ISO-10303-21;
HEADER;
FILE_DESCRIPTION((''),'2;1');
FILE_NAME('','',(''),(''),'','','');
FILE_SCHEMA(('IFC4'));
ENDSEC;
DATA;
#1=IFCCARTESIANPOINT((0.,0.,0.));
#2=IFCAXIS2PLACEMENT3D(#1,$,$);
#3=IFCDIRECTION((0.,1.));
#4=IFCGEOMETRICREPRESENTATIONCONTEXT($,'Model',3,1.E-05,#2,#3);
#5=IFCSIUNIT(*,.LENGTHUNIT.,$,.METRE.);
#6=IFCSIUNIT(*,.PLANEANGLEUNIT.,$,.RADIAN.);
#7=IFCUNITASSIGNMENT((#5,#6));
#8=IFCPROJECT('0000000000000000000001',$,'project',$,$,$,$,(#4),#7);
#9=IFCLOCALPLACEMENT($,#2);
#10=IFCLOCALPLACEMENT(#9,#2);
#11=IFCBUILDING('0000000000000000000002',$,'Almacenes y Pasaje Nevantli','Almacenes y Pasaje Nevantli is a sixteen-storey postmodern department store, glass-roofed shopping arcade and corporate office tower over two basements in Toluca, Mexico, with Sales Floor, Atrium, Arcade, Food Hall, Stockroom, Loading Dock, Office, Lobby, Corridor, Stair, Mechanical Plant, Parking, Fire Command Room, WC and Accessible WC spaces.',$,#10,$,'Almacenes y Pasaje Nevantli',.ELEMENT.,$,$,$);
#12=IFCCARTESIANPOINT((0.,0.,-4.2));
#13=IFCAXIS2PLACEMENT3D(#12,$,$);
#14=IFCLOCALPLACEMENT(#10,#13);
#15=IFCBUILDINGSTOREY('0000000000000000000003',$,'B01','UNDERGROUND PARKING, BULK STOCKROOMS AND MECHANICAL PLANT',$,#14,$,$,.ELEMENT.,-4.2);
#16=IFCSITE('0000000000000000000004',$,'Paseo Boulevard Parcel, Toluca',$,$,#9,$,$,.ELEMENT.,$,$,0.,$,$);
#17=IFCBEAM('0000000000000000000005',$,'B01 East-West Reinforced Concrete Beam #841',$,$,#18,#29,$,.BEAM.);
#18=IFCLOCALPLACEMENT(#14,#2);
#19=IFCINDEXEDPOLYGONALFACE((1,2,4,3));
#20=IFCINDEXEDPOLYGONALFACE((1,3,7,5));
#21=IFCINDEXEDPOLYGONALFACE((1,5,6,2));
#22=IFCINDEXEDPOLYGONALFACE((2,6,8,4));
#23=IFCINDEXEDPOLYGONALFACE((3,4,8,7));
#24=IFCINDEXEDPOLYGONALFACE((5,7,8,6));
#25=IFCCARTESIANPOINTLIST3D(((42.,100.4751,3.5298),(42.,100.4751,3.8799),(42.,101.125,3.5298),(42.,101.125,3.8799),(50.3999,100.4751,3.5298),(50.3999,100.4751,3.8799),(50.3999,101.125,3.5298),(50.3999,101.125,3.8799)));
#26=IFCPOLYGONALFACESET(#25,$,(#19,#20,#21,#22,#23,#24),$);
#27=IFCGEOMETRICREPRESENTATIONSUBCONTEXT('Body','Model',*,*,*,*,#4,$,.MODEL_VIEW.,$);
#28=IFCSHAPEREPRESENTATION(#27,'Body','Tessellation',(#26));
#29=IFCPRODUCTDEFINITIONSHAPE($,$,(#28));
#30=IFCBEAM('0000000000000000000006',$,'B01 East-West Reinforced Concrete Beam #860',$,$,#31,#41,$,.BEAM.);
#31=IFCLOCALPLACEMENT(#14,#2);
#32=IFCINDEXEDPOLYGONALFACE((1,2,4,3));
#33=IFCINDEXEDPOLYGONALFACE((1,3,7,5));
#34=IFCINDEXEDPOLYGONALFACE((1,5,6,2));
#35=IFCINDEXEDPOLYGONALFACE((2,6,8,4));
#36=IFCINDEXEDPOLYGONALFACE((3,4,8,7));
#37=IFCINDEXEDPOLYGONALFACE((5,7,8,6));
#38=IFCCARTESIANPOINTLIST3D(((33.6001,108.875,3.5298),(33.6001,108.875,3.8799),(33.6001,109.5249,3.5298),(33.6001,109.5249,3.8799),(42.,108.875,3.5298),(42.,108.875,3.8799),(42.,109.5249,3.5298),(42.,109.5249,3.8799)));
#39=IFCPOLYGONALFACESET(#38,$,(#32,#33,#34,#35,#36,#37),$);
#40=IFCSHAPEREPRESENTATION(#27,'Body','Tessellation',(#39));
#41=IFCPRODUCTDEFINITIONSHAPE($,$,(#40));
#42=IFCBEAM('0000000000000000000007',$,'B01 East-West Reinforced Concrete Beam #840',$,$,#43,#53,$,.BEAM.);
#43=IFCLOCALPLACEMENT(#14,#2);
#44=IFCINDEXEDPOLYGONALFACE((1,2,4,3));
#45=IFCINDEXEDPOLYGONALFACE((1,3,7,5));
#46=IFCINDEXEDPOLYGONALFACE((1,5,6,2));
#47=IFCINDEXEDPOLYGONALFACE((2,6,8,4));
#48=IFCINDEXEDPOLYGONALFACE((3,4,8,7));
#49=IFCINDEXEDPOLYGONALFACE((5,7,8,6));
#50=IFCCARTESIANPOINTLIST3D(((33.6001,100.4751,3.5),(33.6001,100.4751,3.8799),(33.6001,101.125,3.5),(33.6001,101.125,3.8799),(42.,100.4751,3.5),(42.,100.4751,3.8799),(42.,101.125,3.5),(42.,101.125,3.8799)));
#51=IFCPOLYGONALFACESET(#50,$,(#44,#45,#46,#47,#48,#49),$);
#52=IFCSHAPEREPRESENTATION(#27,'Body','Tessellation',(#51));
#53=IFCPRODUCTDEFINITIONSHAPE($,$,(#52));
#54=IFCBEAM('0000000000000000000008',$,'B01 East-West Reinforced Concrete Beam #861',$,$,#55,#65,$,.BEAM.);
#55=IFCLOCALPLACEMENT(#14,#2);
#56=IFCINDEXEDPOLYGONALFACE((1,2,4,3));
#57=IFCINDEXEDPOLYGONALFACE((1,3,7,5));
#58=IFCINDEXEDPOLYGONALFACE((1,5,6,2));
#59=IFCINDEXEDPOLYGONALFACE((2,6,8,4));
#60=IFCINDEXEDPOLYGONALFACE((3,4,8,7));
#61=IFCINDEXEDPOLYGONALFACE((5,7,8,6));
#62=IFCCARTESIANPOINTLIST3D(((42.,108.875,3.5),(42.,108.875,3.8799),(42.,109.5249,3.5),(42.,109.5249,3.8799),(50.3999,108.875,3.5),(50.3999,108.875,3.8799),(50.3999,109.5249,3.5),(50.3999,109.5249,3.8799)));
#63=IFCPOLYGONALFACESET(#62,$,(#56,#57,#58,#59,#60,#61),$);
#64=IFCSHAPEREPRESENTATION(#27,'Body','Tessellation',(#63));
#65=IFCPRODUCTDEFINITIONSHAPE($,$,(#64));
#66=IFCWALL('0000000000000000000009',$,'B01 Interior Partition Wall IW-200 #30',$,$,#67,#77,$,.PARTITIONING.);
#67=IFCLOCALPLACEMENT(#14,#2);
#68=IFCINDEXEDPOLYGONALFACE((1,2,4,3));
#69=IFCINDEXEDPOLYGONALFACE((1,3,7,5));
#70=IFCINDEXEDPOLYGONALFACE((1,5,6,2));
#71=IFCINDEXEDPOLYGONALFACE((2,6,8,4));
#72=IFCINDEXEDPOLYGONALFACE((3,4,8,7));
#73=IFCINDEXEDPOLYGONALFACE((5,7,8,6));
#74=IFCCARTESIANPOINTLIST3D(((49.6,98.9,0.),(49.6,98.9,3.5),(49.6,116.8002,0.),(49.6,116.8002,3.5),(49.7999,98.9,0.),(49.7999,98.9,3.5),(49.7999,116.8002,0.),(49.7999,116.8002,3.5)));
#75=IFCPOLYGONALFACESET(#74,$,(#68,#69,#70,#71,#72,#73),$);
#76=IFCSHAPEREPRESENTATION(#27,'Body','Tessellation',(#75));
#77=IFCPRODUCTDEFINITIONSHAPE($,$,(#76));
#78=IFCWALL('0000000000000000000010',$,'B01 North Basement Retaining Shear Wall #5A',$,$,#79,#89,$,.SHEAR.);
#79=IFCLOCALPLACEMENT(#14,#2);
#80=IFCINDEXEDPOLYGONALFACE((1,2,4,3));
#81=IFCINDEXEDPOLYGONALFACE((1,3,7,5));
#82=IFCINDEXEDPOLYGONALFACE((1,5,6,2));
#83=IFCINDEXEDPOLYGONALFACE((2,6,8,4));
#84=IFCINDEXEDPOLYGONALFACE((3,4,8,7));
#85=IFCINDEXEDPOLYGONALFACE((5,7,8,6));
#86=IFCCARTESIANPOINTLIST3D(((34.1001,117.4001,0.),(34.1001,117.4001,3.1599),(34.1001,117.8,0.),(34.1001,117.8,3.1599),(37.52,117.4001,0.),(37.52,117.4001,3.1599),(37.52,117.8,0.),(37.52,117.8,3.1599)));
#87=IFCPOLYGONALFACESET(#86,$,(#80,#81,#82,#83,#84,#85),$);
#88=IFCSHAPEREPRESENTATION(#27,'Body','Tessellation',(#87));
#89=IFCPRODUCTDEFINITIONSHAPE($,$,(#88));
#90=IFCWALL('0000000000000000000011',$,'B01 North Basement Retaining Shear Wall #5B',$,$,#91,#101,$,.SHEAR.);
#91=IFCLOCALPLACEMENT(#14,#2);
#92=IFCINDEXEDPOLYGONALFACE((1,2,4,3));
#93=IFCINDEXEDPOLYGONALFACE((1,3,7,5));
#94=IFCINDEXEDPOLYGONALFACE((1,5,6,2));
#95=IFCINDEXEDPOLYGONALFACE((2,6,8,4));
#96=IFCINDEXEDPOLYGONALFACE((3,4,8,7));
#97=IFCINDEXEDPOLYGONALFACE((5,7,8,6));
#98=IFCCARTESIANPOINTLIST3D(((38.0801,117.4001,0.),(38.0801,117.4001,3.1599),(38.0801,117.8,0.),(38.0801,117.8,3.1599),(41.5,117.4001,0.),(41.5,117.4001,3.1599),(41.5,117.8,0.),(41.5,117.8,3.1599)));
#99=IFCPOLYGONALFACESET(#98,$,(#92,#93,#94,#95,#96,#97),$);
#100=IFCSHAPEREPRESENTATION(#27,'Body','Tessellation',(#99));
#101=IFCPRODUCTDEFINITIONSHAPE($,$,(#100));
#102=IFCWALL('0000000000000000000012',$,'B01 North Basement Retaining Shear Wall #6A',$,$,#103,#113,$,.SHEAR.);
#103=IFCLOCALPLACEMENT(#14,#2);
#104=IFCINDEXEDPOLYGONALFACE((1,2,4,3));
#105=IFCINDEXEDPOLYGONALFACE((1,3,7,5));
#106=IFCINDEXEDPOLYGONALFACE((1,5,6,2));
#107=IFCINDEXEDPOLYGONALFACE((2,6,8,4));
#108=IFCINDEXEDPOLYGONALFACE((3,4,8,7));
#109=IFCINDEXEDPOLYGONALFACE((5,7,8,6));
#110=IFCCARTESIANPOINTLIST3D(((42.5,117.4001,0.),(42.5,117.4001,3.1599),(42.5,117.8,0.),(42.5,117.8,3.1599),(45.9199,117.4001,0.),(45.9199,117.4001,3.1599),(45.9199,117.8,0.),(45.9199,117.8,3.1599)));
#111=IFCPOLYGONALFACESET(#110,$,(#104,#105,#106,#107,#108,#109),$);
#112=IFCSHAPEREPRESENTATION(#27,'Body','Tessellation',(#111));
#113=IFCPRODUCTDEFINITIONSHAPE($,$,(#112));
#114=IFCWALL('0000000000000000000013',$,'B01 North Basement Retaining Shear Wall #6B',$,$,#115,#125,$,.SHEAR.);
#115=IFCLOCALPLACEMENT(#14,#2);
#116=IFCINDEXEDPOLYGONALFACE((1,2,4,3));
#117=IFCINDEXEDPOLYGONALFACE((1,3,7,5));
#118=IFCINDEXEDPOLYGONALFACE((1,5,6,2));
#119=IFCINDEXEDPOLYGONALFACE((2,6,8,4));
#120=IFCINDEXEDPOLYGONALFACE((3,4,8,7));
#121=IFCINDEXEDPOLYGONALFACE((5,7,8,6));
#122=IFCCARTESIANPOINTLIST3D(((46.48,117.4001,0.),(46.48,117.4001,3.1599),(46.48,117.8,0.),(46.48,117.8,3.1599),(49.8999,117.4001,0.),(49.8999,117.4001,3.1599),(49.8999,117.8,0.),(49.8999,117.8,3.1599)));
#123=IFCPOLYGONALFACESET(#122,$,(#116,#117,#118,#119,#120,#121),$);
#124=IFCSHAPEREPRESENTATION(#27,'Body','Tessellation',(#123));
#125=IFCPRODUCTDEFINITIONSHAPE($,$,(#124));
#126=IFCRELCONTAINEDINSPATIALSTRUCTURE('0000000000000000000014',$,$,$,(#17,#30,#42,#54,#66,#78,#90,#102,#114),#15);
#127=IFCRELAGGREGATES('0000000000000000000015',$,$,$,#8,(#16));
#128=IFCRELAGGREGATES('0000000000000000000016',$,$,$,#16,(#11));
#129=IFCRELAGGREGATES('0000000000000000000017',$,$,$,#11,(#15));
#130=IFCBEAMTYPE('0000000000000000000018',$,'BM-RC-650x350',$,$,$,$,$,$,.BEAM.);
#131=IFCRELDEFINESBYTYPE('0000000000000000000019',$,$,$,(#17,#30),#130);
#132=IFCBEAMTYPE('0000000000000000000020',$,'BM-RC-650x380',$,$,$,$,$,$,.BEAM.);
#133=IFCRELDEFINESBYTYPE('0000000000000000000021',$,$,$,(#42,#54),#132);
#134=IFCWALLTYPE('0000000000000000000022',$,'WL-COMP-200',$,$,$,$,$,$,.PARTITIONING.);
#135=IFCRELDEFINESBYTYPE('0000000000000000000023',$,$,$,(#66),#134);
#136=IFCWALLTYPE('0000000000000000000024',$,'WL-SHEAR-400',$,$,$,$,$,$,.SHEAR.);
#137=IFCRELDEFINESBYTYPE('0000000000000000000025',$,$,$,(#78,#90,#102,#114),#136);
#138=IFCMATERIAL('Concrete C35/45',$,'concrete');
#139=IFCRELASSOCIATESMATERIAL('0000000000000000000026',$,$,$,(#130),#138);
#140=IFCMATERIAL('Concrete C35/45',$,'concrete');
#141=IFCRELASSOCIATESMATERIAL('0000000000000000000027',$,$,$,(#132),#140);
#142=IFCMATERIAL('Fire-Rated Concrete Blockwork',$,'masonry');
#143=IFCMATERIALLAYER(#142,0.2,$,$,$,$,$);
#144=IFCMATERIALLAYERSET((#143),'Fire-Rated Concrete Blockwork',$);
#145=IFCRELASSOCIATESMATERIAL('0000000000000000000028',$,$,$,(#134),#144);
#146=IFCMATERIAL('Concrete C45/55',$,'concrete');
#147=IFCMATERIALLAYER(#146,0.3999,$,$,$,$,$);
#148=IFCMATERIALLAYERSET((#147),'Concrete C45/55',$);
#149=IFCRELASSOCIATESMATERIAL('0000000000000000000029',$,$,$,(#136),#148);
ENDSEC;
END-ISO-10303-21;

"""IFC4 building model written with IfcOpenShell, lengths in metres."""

from ifc_helpers import new_model, si_unit, direction, frame, frame_2d, origin, origin_2d, place, context, subcontext, project, spatial, rectangle, extrude, material, layer, layer_set, material_profile, profile_set, type_object, element, save


model = new_model("IFC4")

# Units and contexts
model_context = context("Model", 3, precision=1e-05, world=origin(), true_north=direction((0.0, 1.0)))
body_context = subcontext(model_context, "Body", "Model", "MODEL_VIEW")
ifc_project = project(units=[si_unit("LENGTHUNIT", "METRE"), si_unit("PLANEANGLEUNIT", "RADIAN")], contexts=[model_context])

# Site, building, storey
site_placement = place(None, origin())
site = spatial("IfcSite", under=ifc_project, at=site_placement, Name="Paseo Boulevard Parcel, Toluca", CompositionType="ELEMENT", RefElevation=0.0)
building_placement = place(site_placement, origin())
building = spatial("IfcBuilding", under=site, at=building_placement, Name="Almacenes y Pasaje Nevantli", Description="Almacenes y Pasaje Nevantli is a sixteen-storey postmodern department store, glass-roofed shopping arcade and corporate office tower over two basements in Toluca, Mexico, with Sales Floor, Atrium, Arcade, Food Hall, Stockroom, Loading Dock, Office, Lobby, Corridor, Stair, Mechanical Plant, Parking, Fire Command Room, WC and Accessible WC spaces.", LongName="Almacenes y Pasaje Nevantli", CompositionType="ELEMENT")
storey_placement = place(building_placement, frame((0.0, 0.0, -4.2)))
storey = spatial("IfcBuildingStorey", under=building, at=storey_placement, Name="B01", Description="UNDERGROUND PARKING, BULK STOCKROOMS AND MECHANICAL PLANT", CompositionType="ELEMENT", Elevation=-4.2)

# Beams
ifc_material_1 = material(Name="Concrete C35/45", Category="concrete")
ifc_material_profile_1 = material_profile(ifc_material_1, rectangle(XDim=0.6499, YDim=0.3501, at=origin_2d()), Name="RC-BM-650x350")
ifc_profile_set_1 = profile_set([ifc_material_profile_1], Name="Concrete C35/45")
beam_type_1 = type_object("IfcBeamType", Name="BM-RC-650x350", PredefinedType="BEAM", material=ifc_profile_set_1)
for number, where, z_axis, x_axis, name in (
    (1, (42.0, 100.8, 3.7048), (1.0, 0.0, 0.0), (0.0, 1.0, 0.0), "B01 East-West Reinforced Concrete Beam #841"),
    (2, (33.6001, 109.2, 3.7048), (1.0, 0.0, 0.0), (0.0, 1.0, 0.0), "B01 East-West Reinforced Concrete Beam #860"),
):
    element("IfcBeam", number, at=place(storey_placement, frame(where, z_axis=z_axis, x_axis=x_axis)), inside=storey, type_object=beam_type_1, Name=name, PredefinedType="BEAM", context=body_context, shape_type="SweptSolid", body=[
        extrude(rectangle(XDim=0.6499, YDim=0.3501, at=origin_2d()), origin(), (0.0, 0.0, 1.0), 8.3999),
    ])
ifc_material_2 = material(Name="Concrete C35/45", Category="concrete")
ifc_material_profile_2 = material_profile(ifc_material_2, rectangle(XDim=0.6499, YDim=0.3799, at=origin_2d()), Name="RC-BM-650x380")
ifc_profile_set_2 = profile_set([ifc_material_profile_2], Name="Concrete C35/45")
beam_type_2 = type_object("IfcBeamType", Name="BM-RC-650x380", PredefinedType="BEAM", material=ifc_profile_set_2)
for number, where, z_axis, x_axis, name in (
    (3, (33.6001, 100.8, 3.6899), (1.0, 0.0, 0.0), (0.0, 1.0, 0.0), "B01 East-West Reinforced Concrete Beam #840"),
    (4, (42.0, 109.2, 3.6899), (1.0, 0.0, 0.0), (0.0, 1.0, 0.0), "B01 East-West Reinforced Concrete Beam #861"),
):
    element("IfcBeam", number, at=place(storey_placement, frame(where, z_axis=z_axis, x_axis=x_axis)), inside=storey, type_object=beam_type_2, Name=name, PredefinedType="BEAM", context=body_context, shape_type="SweptSolid", body=[
        extrude(rectangle(XDim=0.6499, YDim=0.3799, at=origin_2d()), origin(), (0.0, 0.0, 1.0), 8.3999),
    ])

# Walls
ifc_material_3 = material(Name="Fire-Rated Concrete Blockwork", Category="masonry")
ifc_layer_1 = layer(ifc_material_3, 0.2)
ifc_layer_set_1 = layer_set([ifc_layer_1], Name="Fire-Rated Concrete Blockwork")
wall_type_1 = type_object("IfcWallType", Name="WL-COMP-200", PredefinedType="PARTITIONING", material=ifc_layer_set_1)
wall_placement = place(storey_placement, frame((49.7, 98.8999, 0.0), z_axis=(0.0, 0.0, 1.0), x_axis=(0.0, 1.0, 0.0)))
element("IfcWall", 5, at=wall_placement, inside=storey, type_object=wall_type_1, Name="B01 Interior Partition Wall IW-200 #30", PredefinedType="PARTITIONING", context=body_context, shape_type="SweptSolid", body=[
    extrude(rectangle(XDim=17.9001, YDim=0.2, at=frame_2d((8.9502, 0.0))), origin(), (0.0, 0.0, 1.0), 3.5),
])
ifc_material_4 = material(Name="Concrete C45/55", Category="concrete")
ifc_layer_2 = layer(ifc_material_4, 0.3999)
ifc_layer_set_2 = layer_set([ifc_layer_2], Name="Concrete C45/55")
wall_type_2 = type_object("IfcWallType", Name="WL-SHEAR-400", PredefinedType="SHEAR", material=ifc_layer_set_2)
for number, where, z_axis, x_axis, name in (
    (6, (34.1001, 117.6001, 0.0), (0.0, 0.0, 1.0), (1.0, 0.0, 0.0), "B01 North Basement Retaining Shear Wall #5A"),
    (7, (38.0801, 117.6001, 0.0), (0.0, 0.0, 1.0), (1.0, 0.0, 0.0), "B01 North Basement Retaining Shear Wall #5B"),
    (8, (42.5, 117.6001, 0.0), (0.0, 0.0, 1.0), (1.0, 0.0, 0.0), "B01 North Basement Retaining Shear Wall #6A"),
    (9, (46.48, 117.6001, 0.0), (0.0, 0.0, 1.0), (1.0, 0.0, 0.0), "B01 North Basement Retaining Shear Wall #6B"),
):
    element("IfcWall", number, at=place(storey_placement, frame(where, z_axis=z_axis, x_axis=x_axis)), inside=storey, type_object=wall_type_2, Name=name, PredefinedType="SHEAR", context=body_context, shape_type="SweptSolid", body=[
        extrude(rectangle(XDim=3.4199, YDim=0.3999, at=frame_2d((1.71, 0.0))), origin(), (0.0, 0.0, 1.0), 3.1599),
    ])

save(model, "model.ifc")
